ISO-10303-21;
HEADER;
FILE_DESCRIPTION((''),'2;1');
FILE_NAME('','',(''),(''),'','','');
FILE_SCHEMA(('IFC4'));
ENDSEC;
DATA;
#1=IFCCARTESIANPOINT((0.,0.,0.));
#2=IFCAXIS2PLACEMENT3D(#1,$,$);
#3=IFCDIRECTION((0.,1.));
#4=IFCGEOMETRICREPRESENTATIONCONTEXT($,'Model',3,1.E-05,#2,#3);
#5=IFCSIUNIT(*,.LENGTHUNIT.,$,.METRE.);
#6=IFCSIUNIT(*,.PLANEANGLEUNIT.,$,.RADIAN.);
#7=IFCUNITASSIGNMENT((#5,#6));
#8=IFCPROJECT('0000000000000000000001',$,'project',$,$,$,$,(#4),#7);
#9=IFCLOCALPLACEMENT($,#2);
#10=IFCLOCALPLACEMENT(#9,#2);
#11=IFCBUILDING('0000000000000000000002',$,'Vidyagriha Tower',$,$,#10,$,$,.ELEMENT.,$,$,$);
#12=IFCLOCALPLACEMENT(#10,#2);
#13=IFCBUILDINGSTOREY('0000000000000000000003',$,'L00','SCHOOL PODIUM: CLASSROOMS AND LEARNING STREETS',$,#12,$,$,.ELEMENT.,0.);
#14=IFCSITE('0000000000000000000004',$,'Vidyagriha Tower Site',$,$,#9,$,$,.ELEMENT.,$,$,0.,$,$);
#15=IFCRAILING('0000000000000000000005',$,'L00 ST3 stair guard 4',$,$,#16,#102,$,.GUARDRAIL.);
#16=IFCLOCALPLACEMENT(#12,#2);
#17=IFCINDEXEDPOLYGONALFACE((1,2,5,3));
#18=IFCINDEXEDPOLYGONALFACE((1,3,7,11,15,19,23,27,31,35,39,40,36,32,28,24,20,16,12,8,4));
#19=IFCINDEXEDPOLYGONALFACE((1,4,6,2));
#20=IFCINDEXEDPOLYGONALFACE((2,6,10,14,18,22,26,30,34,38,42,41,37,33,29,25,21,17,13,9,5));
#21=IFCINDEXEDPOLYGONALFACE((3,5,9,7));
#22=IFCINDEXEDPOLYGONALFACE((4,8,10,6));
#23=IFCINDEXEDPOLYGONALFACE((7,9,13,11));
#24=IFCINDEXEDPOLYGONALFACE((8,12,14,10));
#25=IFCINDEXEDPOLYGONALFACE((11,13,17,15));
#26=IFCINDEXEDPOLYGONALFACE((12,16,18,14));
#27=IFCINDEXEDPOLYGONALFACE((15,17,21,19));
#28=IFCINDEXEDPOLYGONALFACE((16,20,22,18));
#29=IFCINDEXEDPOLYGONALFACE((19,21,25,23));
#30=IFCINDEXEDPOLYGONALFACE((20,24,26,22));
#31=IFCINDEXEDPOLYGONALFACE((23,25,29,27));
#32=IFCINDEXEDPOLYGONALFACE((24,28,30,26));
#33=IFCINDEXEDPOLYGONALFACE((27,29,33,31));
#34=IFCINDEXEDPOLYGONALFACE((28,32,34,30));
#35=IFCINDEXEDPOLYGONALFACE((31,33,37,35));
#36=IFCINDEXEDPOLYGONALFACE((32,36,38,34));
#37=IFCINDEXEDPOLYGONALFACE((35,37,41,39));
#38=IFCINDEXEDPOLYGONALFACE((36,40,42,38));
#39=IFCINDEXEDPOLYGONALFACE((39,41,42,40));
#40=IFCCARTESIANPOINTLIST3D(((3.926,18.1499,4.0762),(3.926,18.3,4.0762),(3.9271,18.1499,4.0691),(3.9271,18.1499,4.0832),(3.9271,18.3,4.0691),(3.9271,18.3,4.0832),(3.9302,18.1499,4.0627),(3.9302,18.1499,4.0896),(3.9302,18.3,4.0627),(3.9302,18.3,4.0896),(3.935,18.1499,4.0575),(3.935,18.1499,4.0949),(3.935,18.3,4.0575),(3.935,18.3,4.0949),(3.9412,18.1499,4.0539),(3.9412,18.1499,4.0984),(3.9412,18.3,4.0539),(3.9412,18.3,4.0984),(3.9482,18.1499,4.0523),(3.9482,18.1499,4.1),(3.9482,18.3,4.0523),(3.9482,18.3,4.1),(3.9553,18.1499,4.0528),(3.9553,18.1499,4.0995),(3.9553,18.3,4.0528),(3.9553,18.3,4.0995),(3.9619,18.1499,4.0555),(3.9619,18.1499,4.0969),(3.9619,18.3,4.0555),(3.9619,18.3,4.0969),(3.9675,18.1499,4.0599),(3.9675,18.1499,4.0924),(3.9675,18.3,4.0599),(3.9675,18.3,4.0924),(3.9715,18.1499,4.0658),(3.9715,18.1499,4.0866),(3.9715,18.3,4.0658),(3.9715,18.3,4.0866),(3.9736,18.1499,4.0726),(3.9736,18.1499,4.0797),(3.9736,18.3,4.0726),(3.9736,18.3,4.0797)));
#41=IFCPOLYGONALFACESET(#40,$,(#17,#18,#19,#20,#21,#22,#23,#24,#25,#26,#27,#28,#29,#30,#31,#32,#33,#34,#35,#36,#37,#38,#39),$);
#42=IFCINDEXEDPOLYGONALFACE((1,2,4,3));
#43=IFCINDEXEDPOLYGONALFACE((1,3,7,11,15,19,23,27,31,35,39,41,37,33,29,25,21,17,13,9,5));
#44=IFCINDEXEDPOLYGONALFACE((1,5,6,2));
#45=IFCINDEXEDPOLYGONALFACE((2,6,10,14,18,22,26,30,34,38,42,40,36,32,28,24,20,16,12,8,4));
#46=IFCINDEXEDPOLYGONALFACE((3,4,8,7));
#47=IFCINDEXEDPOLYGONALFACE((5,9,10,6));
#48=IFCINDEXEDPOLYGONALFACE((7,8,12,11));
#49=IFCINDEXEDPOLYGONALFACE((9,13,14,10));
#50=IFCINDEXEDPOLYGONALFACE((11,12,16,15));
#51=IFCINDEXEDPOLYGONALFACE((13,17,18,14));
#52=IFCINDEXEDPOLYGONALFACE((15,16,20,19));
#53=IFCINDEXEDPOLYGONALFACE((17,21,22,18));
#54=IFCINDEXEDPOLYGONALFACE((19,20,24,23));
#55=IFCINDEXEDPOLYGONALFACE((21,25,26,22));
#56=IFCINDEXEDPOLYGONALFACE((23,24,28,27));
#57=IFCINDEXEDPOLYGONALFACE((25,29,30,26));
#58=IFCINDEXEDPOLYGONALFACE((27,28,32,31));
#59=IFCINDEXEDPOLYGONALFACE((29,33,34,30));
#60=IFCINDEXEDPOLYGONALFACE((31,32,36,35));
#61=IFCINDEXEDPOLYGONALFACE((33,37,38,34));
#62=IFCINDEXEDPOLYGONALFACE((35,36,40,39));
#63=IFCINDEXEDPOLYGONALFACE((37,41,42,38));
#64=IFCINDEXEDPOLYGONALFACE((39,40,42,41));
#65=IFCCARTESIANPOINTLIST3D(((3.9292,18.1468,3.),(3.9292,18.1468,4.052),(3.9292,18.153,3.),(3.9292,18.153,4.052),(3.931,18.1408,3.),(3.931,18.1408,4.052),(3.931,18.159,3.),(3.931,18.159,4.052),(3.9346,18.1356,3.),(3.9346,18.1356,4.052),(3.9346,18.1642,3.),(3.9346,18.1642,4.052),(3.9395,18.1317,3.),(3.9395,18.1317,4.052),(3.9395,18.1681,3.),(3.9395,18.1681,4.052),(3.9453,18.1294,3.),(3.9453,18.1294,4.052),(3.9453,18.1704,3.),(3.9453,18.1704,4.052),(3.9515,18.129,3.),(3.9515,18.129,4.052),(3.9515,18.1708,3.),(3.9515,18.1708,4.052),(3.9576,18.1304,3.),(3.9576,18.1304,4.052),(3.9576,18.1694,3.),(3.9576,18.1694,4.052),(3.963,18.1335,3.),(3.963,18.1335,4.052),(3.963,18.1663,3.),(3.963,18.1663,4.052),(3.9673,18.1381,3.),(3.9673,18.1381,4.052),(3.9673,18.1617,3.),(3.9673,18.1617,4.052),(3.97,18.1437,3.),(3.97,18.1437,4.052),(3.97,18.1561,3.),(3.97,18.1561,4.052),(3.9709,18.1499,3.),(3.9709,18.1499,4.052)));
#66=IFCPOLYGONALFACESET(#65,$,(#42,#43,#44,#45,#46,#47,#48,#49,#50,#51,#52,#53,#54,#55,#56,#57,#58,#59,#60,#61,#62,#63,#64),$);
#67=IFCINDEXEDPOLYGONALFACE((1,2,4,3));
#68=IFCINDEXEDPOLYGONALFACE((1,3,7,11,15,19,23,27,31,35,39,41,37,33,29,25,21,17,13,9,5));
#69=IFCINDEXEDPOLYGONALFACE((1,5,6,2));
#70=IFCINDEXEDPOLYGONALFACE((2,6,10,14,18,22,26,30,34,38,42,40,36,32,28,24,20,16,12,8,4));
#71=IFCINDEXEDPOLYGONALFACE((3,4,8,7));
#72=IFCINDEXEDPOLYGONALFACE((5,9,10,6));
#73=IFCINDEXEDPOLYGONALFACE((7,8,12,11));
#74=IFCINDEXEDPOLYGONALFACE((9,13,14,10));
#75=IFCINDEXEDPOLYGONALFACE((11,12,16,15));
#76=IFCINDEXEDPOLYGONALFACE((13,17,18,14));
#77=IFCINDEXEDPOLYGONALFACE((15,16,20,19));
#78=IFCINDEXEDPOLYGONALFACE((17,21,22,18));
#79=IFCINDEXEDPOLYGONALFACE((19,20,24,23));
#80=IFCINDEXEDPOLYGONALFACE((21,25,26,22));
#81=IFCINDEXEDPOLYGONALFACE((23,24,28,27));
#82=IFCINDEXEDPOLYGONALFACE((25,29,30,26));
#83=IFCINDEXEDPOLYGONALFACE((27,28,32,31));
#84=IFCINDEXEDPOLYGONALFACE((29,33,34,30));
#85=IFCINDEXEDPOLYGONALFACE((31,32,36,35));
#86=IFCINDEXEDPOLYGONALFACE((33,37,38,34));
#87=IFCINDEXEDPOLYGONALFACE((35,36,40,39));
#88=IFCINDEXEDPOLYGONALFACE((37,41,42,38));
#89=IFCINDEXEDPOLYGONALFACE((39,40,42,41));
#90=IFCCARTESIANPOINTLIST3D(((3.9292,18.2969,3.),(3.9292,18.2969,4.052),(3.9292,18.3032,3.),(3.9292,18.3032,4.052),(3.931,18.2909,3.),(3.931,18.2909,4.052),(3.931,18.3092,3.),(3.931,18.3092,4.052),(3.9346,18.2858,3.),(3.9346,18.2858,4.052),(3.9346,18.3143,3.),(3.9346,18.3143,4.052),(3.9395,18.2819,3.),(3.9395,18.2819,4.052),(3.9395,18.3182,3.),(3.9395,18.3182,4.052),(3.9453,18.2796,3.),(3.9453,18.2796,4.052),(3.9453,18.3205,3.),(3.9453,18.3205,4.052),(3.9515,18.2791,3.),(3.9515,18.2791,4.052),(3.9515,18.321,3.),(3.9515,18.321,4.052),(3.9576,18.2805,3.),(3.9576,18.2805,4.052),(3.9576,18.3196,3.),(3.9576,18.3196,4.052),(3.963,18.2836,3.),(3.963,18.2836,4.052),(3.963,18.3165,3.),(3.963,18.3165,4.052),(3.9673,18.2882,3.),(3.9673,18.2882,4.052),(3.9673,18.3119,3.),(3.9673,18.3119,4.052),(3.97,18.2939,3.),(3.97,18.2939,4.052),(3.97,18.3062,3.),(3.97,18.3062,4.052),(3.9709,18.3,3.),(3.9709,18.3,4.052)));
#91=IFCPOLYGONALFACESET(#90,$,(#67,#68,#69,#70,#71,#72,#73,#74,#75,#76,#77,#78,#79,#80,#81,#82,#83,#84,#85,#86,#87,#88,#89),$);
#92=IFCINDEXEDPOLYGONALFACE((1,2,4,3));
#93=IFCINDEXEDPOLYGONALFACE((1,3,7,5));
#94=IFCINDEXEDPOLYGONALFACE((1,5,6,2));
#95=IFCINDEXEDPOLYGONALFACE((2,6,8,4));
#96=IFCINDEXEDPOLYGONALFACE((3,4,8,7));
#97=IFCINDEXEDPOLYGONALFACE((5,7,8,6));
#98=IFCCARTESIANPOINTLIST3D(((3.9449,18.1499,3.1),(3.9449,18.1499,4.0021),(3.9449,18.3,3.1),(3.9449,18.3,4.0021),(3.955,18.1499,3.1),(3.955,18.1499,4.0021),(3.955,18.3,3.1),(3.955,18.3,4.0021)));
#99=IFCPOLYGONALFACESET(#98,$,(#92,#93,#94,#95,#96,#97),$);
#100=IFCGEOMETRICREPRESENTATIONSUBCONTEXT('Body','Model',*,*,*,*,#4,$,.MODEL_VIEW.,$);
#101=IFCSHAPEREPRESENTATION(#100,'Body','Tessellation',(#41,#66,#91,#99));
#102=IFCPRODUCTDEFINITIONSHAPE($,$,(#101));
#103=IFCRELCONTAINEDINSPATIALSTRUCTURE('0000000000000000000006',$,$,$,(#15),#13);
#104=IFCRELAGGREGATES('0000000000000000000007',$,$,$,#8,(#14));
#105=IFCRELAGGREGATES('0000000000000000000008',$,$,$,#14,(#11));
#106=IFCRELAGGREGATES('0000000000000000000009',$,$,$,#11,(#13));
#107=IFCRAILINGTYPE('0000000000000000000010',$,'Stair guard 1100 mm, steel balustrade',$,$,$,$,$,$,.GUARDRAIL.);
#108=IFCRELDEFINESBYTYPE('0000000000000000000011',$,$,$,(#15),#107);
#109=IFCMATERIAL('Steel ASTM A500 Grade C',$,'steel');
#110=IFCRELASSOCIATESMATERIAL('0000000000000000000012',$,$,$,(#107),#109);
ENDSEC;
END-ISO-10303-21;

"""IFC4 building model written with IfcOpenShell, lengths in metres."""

from ifc_helpers import new_model, si_unit, direction, frame, origin, origin_2d, place, context, subcontext, project, spatial, rectangle, circle, extrude, material, type_object, element, save


model = new_model("IFC4")

# Units and contexts
model_context = context("Model", 3, precision=1e-05, world=origin(), true_north=direction((0.0, 1.0)))
body_context = subcontext(model_context, "Body", "Model", "MODEL_VIEW")
ifc_project = project(units=[si_unit("LENGTHUNIT", "METRE"), si_unit("PLANEANGLEUNIT", "RADIAN")], contexts=[model_context])

# Site, building, storey
site_placement = place(None, origin())
site = spatial("IfcSite", under=ifc_project, at=site_placement, Name="Vidyagriha Tower Site", CompositionType="ELEMENT", RefElevation=0.0)
building_placement = place(site_placement, origin())
building = spatial("IfcBuilding", under=site, at=building_placement, Name="Vidyagriha Tower", CompositionType="ELEMENT")
storey_placement = place(building_placement, origin())
storey = spatial("IfcBuildingStorey", under=building, at=storey_placement, Name="L00", Description="SCHOOL PODIUM: CLASSROOMS AND LEARNING STREETS", CompositionType="ELEMENT", Elevation=0.0)

# Railing
ifc_material_1 = material(Name="Steel ASTM A500 Grade C", Category="steel")
railing_type_1 = type_object("IfcRailingType", Name="Stair guard 1100 mm, steel balustrade", PredefinedType="GUARDRAIL", material=ifc_material_1)
railing_1_placement = place(storey_placement, frame((3.95, 18.1499, 3.0)))
element("IfcRailing", 1, at=railing_1_placement, inside=storey, type_object=railing_type_1, Name="L00 ST3 stair guard 4", PredefinedType="GUARDRAIL", context=body_context, shape_type="SweptSolid", body=[
    extrude(circle(Radius=0.0239, at=origin_2d()), frame((0.0, 0.0, 1.0762), z_axis=(0.0, 1.0, 0.0), x_axis=(-1.0, 0.0, 0.0)), (0.0, 0.0, 1.0), 0.1501),
    extrude(circle(Radius=0.021, at=origin_2d()), origin(), (0.0, 0.0, 1.0), 1.052),
    extrude(circle(Radius=0.021, at=origin_2d()), frame((0.0, 0.1501, 0.0)), (0.0, 0.0, 1.0), 1.052),
    extrude(rectangle(XDim=0.01, YDim=0.9021, at=origin_2d()), frame((0.0, 0.0, 0.551), z_axis=(0.0, 1.0, 0.0), x_axis=(-1.0, 0.0, 0.0)), (0.0, 0.0, 1.0), 0.1501),
])

save(model, "model.ifc")
